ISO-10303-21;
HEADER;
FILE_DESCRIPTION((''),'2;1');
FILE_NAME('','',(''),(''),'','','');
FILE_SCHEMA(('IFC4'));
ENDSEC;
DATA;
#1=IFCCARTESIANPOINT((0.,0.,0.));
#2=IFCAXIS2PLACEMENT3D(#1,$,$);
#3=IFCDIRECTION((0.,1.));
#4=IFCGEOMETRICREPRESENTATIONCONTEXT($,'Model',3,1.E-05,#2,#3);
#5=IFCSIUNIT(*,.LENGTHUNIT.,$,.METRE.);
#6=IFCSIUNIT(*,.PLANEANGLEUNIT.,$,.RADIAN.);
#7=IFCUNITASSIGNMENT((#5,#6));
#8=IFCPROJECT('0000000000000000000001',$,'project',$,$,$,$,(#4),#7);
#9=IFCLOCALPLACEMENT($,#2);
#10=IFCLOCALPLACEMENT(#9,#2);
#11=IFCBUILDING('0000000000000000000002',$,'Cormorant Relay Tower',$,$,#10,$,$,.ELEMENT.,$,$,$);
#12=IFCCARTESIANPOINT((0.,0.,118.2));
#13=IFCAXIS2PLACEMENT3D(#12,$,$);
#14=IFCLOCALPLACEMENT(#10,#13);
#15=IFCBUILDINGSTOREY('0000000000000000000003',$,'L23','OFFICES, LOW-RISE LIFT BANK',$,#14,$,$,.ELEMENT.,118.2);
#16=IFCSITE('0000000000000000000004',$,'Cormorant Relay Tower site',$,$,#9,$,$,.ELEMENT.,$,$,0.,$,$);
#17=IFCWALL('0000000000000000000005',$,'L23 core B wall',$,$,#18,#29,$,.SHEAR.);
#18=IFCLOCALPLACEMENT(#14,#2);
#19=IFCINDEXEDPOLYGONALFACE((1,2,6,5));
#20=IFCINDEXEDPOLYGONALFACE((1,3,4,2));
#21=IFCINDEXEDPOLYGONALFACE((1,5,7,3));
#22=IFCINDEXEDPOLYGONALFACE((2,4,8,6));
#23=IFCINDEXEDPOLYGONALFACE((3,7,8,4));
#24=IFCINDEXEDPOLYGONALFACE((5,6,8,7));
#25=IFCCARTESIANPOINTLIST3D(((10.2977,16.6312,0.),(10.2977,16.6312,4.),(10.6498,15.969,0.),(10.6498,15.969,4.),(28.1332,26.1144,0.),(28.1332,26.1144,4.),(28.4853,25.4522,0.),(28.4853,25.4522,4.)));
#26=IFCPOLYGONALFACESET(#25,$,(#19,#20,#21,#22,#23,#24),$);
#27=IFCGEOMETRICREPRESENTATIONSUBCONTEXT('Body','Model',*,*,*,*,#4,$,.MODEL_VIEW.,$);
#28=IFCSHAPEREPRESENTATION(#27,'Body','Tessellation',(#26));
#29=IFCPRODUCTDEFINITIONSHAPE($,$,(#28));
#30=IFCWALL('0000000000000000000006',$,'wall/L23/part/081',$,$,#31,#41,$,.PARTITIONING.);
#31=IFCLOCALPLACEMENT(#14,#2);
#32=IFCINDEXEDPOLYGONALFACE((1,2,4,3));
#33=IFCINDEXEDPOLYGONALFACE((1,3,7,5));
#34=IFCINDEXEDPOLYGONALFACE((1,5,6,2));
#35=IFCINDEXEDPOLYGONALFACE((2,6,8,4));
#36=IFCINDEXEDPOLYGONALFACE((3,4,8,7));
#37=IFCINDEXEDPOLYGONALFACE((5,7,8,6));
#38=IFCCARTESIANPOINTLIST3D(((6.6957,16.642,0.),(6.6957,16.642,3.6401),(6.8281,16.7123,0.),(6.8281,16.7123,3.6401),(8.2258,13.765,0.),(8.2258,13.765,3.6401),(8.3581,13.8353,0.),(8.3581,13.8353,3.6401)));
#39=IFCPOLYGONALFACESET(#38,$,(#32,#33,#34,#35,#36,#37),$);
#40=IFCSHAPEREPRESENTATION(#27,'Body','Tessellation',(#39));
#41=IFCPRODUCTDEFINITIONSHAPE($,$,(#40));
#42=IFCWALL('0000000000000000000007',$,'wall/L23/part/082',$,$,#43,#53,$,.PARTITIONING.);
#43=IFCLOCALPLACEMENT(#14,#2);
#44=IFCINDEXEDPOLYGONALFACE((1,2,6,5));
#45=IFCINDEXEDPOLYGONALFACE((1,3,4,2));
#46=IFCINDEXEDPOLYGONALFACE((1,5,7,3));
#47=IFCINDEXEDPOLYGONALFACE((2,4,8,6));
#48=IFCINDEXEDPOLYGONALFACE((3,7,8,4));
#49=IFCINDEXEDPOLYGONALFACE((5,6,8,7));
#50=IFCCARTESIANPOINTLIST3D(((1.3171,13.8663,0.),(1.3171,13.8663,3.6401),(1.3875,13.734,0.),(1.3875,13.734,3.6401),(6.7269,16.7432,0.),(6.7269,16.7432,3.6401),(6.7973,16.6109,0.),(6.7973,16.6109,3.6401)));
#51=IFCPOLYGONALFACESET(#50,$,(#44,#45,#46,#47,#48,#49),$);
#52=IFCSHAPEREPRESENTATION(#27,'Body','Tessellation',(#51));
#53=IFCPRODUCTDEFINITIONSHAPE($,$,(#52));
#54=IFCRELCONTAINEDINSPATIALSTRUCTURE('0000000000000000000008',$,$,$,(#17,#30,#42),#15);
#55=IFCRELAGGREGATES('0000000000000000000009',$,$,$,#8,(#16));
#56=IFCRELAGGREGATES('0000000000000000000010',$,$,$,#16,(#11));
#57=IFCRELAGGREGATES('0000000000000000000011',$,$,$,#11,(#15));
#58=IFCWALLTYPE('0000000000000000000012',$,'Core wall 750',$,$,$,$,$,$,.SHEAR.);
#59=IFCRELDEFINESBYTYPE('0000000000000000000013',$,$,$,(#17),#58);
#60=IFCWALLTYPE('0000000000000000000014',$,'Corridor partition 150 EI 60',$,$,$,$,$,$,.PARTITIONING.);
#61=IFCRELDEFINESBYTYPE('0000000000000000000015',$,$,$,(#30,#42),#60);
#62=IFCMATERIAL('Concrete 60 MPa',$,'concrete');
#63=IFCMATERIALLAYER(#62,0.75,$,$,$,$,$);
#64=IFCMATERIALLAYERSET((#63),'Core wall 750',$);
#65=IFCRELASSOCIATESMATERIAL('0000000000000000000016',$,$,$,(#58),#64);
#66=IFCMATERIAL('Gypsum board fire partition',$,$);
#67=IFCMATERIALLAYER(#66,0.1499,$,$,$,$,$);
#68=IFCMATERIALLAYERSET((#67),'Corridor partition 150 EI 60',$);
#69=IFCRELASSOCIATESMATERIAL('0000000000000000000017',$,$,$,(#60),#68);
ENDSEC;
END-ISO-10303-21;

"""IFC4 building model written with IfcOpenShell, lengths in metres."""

from ifc_helpers import new_model, si_unit, direction, frame, frame_2d, origin, place, context, subcontext, project, spatial, rectangle, extrude, material, layer, layer_set, type_object, element, save


model = new_model("IFC4")

# Units and contexts
model_context = context("Model", 3, precision=1e-05, world=origin(), true_north=direction((0.0, 1.0)))
body_context = subcontext(model_context, "Body", "Model", "MODEL_VIEW")
ifc_project = project(units=[si_unit("LENGTHUNIT", "METRE"), si_unit("PLANEANGLEUNIT", "RADIAN")], contexts=[model_context])

# Site, building, storey
site_placement = place(None, origin())
site = spatial("IfcSite", under=ifc_project, at=site_placement, Name="Cormorant Relay Tower site", CompositionType="ELEMENT", RefElevation=0.0)
building_placement = place(site_placement, origin())
building = spatial("IfcBuilding", under=site, at=building_placement, Name="Cormorant Relay Tower", CompositionType="ELEMENT")
storey_placement = place(building_placement, frame((0.0, 0.0, 118.2)))
storey = spatial("IfcBuildingStorey", under=building, at=storey_placement, Name="L23", Description="OFFICES, LOW-RISE LIFT BANK", CompositionType="ELEMENT", Elevation=118.2)

# Walls
ifc_material_1 = material(Name="Concrete 60 MPa", Category="concrete")
ifc_layer_1 = layer(ifc_material_1, 0.75)
ifc_layer_set_1 = layer_set([ifc_layer_1], Name="Core wall 750")
wall_type_1 = type_object("IfcWallType", Name="Core wall 750", PredefinedType="SHEAR", material=ifc_layer_set_1)
wall_1_placement = place(storey_placement, frame((10.4736, 16.3, 0.0), z_axis=(0.0, 0.0, 1.0), x_axis=(0.88295, 0.469467, 0.0)))
element("IfcWall", 1, at=wall_1_placement, inside=storey, type_object=wall_type_1, Name="L23 core B wall", PredefinedType="SHEAR", context=body_context, shape_type="SweptSolid", body=[
    extrude(rectangle(XDim=20.2, YDim=0.75, at=frame_2d((10.1001, 0.0))), origin(), (0.0, 0.0, 1.0), 4.0),
])
ifc_material_2 = material(Name="Gypsum board fire partition")
ifc_layer_2 = layer(ifc_material_2, 0.1499)
ifc_layer_set_2 = layer_set([ifc_layer_2], Name="Corridor partition 150 EI 60")
wall_type_2 = type_object("IfcWallType", Name="Corridor partition 150 EI 60", PredefinedType="PARTITIONING", material=ifc_layer_set_2)
wall_2_placement = place(storey_placement, frame((8.292, 13.8, 0.0), z_axis=(0.0, 0.0, 1.0), x_axis=(-0.46955, 0.882906, 0.0)))
element("IfcWall", 2, at=wall_2_placement, inside=storey, type_object=wall_type_2, Name="wall/L23/part/081", PredefinedType="PARTITIONING", context=body_context, shape_type="SweptSolid", body=[
    extrude(rectangle(XDim=3.2585, YDim=0.1499, at=frame_2d((1.6294, 0.0))), origin(), (0.0, 0.0, 1.0), 3.6401),
])
wall_3_placement = place(storey_placement, frame((6.762, 16.677, 0.0), z_axis=(0.0, 0.0, 1.0), x_axis=(-0.882917, -0.469529, 0.0)))
element("IfcWall", 3, at=wall_3_placement, inside=storey, type_object=wall_type_2, Name="wall/L23/part/082", PredefinedType="PARTITIONING", context=body_context, shape_type="SweptSolid", body=[
    extrude(rectangle(XDim=6.1272, YDim=0.1499, at=frame_2d((3.0635, 0.0))), origin(), (0.0, 0.0, 1.0), 3.6401),
])

save(model, "model.ifc")
